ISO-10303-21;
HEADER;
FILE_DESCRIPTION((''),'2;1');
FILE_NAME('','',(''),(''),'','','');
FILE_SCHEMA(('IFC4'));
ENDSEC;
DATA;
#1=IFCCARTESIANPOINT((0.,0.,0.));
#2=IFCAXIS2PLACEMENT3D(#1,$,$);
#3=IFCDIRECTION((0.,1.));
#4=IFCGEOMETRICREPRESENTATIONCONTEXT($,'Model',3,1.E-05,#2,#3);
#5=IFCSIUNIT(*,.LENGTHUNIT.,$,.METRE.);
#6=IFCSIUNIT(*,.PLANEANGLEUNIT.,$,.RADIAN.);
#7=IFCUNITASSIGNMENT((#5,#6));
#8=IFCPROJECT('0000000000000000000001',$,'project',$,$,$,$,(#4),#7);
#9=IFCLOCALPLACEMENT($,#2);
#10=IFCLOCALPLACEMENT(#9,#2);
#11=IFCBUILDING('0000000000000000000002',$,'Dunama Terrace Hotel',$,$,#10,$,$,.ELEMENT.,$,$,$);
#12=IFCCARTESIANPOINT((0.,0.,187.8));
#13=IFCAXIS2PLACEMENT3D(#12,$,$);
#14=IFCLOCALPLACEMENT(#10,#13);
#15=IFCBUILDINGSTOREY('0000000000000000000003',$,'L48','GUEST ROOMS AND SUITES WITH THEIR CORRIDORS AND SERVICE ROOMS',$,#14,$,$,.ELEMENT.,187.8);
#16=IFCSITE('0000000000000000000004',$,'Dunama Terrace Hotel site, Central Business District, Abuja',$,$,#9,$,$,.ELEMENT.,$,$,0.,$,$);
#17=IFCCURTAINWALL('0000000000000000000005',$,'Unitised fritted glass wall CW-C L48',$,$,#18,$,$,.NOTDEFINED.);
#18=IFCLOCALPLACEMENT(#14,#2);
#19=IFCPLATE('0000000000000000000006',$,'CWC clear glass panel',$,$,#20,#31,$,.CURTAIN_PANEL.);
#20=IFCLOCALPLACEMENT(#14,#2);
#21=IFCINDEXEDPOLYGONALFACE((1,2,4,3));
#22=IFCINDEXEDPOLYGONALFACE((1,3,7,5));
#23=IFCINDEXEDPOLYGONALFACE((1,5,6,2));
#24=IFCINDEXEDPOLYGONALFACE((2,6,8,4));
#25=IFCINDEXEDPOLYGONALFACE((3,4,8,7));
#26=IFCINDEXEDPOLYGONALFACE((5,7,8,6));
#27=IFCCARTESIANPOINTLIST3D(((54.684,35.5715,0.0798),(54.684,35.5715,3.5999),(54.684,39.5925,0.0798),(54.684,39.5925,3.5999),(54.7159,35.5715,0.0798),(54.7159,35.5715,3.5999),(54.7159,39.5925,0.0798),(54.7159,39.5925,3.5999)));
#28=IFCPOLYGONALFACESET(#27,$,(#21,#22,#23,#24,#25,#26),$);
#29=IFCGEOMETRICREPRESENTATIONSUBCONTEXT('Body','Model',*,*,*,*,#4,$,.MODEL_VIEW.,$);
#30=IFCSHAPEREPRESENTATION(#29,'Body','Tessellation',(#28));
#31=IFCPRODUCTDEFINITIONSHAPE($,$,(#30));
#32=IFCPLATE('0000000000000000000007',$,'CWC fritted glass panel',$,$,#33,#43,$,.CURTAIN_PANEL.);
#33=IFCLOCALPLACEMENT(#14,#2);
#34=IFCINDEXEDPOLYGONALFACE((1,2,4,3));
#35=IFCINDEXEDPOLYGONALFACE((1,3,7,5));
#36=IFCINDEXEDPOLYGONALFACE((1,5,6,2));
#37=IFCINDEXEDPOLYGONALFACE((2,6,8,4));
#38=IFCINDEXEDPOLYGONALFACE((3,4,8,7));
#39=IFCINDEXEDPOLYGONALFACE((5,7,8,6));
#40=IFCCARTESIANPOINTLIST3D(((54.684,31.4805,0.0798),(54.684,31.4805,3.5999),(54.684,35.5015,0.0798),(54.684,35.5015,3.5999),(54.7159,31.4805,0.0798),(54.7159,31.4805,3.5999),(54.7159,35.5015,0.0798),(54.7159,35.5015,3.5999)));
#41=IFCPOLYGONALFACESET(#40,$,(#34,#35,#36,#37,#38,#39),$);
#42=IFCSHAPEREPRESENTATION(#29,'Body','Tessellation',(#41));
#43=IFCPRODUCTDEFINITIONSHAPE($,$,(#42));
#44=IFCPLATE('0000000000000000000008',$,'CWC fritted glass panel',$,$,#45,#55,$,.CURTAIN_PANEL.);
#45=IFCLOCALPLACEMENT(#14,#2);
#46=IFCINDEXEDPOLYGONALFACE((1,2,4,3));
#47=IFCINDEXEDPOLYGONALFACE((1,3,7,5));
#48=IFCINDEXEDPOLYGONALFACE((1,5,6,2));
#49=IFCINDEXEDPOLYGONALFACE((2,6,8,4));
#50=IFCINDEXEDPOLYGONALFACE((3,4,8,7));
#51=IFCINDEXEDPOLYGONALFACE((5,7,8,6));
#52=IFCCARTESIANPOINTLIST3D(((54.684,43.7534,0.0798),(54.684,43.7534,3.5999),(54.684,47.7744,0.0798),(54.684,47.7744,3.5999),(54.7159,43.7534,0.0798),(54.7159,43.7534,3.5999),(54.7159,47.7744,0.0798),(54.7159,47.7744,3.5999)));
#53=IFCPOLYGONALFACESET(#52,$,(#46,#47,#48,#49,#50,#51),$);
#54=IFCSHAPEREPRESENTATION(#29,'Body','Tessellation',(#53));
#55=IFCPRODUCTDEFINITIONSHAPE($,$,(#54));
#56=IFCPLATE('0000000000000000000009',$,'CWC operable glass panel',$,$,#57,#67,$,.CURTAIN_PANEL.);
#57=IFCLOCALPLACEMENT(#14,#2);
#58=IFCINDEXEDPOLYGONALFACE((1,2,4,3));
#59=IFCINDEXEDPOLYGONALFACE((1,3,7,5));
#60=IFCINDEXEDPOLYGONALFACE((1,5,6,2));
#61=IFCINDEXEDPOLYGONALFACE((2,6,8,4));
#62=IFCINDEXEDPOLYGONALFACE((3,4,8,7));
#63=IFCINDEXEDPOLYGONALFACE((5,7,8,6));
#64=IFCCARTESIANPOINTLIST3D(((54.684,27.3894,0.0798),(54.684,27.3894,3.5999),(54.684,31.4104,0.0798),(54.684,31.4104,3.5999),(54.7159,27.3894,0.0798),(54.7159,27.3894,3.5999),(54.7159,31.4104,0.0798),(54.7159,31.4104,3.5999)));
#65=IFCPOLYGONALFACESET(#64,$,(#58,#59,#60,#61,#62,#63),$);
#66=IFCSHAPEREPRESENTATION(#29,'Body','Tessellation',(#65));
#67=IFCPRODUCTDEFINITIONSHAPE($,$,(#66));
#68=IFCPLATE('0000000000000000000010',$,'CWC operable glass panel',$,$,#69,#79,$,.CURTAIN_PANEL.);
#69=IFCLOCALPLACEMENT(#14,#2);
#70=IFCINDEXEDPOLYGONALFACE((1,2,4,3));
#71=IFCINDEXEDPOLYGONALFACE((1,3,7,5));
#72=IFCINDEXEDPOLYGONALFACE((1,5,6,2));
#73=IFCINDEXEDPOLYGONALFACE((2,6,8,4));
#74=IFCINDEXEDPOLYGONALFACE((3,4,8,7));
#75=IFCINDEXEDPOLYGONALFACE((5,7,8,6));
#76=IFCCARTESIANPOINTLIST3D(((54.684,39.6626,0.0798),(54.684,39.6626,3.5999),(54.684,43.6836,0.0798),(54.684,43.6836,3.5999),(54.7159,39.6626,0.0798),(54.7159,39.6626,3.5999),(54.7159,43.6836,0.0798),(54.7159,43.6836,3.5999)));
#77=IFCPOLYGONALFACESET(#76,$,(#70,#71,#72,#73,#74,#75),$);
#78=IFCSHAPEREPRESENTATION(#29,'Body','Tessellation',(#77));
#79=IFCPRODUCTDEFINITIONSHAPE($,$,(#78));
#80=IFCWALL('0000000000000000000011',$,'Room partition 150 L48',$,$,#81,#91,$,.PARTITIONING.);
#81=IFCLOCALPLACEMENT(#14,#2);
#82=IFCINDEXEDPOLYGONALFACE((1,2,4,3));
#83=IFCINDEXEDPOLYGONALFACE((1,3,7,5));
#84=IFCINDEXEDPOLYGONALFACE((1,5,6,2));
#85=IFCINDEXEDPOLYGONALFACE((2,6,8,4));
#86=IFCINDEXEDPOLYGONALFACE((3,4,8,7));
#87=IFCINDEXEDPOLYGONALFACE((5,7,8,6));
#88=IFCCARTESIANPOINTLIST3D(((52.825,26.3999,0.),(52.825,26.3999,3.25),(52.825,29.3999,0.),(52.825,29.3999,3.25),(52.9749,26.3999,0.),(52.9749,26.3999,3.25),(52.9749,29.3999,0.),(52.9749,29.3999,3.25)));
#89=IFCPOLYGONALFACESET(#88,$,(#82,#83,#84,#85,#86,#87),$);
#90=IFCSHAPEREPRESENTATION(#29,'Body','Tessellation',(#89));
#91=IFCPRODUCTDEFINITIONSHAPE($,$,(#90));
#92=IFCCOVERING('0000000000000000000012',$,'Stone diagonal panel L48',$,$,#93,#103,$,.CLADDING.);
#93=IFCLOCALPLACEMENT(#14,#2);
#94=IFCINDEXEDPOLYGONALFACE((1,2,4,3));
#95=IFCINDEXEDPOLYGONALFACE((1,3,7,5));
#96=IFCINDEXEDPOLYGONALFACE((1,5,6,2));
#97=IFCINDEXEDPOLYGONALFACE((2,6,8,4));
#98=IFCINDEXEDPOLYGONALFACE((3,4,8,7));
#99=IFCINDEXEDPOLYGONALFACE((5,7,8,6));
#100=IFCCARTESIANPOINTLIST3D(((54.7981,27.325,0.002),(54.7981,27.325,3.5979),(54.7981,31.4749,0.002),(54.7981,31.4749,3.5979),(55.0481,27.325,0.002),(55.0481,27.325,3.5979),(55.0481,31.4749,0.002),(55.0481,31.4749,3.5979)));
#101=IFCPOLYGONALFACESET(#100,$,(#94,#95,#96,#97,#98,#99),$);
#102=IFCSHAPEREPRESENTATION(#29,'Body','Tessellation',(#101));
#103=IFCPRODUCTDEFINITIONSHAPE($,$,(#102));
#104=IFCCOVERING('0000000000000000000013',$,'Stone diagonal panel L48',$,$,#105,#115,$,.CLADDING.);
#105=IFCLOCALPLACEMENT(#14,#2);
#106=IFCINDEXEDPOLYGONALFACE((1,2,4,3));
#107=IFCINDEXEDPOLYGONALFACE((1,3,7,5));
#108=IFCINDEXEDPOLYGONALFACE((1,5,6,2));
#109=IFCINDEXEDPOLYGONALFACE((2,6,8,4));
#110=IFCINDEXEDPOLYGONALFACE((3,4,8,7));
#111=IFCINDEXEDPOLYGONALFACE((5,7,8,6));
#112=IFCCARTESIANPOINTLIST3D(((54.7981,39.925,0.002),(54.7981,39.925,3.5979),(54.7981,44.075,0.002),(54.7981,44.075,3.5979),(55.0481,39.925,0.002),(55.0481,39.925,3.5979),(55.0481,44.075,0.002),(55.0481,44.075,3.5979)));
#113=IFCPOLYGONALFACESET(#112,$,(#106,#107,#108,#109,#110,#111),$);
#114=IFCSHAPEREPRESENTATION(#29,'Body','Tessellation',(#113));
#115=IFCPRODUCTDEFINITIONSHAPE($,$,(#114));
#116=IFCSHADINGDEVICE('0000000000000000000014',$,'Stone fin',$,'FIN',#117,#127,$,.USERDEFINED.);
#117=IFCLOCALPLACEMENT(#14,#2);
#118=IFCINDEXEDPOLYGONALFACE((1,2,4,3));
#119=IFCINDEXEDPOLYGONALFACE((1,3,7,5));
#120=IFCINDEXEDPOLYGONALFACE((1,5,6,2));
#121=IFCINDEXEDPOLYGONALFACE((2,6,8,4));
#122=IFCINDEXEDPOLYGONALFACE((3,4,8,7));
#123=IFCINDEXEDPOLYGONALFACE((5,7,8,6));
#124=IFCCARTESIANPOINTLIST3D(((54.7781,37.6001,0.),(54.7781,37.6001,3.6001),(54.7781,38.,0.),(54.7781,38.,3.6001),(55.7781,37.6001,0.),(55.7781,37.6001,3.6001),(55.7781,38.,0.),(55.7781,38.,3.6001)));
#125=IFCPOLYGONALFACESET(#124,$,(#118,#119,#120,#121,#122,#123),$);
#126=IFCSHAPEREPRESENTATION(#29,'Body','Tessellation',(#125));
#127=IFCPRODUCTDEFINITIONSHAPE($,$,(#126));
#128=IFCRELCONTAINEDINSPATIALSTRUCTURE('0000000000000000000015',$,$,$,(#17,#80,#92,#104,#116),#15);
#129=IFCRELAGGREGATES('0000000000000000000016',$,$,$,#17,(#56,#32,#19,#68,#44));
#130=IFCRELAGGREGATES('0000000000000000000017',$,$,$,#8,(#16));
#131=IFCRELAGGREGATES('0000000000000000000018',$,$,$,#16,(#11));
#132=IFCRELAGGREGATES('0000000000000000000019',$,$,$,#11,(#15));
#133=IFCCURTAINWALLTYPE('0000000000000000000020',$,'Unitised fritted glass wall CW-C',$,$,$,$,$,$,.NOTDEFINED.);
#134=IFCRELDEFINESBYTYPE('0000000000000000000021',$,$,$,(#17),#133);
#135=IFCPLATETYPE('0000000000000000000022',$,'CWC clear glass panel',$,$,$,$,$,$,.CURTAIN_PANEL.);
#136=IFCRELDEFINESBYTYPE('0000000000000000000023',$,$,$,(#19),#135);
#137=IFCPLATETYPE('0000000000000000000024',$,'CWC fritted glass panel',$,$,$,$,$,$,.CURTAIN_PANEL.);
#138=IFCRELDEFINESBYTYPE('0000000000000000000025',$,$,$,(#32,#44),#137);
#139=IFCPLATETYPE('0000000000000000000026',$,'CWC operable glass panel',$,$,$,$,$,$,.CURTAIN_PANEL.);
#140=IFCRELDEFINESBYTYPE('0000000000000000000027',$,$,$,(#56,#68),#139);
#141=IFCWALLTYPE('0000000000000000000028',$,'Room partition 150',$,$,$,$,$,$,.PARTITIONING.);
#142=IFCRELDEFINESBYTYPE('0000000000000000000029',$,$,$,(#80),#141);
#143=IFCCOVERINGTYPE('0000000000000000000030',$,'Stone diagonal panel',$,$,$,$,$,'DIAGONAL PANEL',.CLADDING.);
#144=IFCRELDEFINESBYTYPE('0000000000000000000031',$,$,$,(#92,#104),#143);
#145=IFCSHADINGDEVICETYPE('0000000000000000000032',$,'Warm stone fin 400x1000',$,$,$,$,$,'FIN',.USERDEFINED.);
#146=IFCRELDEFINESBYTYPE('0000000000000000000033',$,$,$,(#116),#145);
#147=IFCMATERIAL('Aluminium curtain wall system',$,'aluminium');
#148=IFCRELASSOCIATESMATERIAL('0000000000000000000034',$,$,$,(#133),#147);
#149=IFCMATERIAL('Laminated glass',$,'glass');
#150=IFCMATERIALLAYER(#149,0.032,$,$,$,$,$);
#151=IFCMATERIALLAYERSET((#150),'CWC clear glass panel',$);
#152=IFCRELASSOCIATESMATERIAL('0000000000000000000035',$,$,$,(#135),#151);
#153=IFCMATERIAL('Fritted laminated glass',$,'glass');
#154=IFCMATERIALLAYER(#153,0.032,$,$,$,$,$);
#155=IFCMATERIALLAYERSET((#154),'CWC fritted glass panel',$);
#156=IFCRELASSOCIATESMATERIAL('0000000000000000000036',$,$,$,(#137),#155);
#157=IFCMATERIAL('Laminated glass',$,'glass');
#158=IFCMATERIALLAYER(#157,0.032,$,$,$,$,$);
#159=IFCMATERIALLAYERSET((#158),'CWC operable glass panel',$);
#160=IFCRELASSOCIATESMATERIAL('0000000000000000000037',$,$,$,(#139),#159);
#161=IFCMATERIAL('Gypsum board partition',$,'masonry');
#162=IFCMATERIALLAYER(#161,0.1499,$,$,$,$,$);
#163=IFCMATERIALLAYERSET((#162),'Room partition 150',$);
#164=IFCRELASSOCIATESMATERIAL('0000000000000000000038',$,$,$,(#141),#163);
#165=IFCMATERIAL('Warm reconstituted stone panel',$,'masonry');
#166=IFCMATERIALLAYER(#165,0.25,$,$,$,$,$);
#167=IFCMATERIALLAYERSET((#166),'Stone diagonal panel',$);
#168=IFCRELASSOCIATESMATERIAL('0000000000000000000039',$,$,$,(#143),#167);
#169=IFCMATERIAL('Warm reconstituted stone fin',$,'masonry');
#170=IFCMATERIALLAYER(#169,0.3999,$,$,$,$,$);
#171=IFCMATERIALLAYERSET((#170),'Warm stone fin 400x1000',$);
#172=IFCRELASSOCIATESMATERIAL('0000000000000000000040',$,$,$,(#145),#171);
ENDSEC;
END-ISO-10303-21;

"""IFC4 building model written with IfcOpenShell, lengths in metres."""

from ifc_helpers import new_model, si_unit, direction, frame, frame_2d, origin, origin_2d, place, context, subcontext, project, spatial, rectangle, extrude, material, layer, layer_set, type_object, element, aggregate, save


model = new_model("IFC4")

# Units and contexts
model_context = context("Model", 3, precision=1e-05, world=origin(), true_north=direction((0.0, 1.0)))
body_context = subcontext(model_context, "Body", "Model", "MODEL_VIEW")
ifc_project = project(units=[si_unit("LENGTHUNIT", "METRE"), si_unit("PLANEANGLEUNIT", "RADIAN")], contexts=[model_context])

# Site, building, storey
site_placement = place(None, origin())
site = spatial("IfcSite", under=ifc_project, at=site_placement, Name="Dunama Terrace Hotel site, Central Business District, Abuja", CompositionType="ELEMENT", RefElevation=0.0)
building_placement = place(site_placement, origin())
building = spatial("IfcBuilding", under=site, at=building_placement, Name="Dunama Terrace Hotel", CompositionType="ELEMENT")
storey_placement = place(building_placement, frame((0.0, 0.0, 187.8)))
storey = spatial("IfcBuildingStorey", under=building, at=storey_placement, Name="L48", Description="GUEST ROOMS AND SUITES WITH THEIR CORRIDORS AND SERVICE ROOMS", CompositionType="ELEMENT", Elevation=187.8)

# Curtain wall
ifc_material_1 = material(Name="Aluminium curtain wall system", Category="aluminium")
curtain_wall_type = type_object("IfcCurtainWallType", Name="Unitised fritted glass wall CW-C", PredefinedType="NOTDEFINED", material=ifc_material_1)
curtain_wall_placement = place(storey_placement, origin())
curtain_wall = element("IfcCurtainWall", 1, at=curtain_wall_placement, inside=storey, type_object=curtain_wall_type, Name="Unitised fritted glass wall CW-C L48", PredefinedType="NOTDEFINED")

# Plates
ifc_material_2 = material(Name="Laminated glass", Category="glass")
ifc_layer_1 = layer(ifc_material_2, 0.032)
ifc_layer_set_1 = layer_set([ifc_layer_1], Name="CWC clear glass panel")
plate_type_1 = type_object("IfcPlateType", Name="CWC clear glass panel", PredefinedType="CURTAIN_PANEL", material=ifc_layer_set_1)
plate_1_placement = place(storey_placement, frame((54.7, 37.582, 0.0798), z_axis=(0.0, 0.0, 1.0), x_axis=(0.0, 1.0, 0.0)))
plate_1 = element("IfcPlate", 2, at=plate_1_placement, type_object=plate_type_1, Name="CWC clear glass panel", PredefinedType="CURTAIN_PANEL", context=body_context, shape_type="SweptSolid", body=[
    extrude(rectangle(XDim=4.021, YDim=0.032, at=origin_2d()), origin(), (0.0, 0.0, 1.0), 3.52),
])
ifc_material_3 = material(Name="Fritted laminated glass", Category="glass")
ifc_layer_2 = layer(ifc_material_3, 0.032)
ifc_layer_set_2 = layer_set([ifc_layer_2], Name="CWC fritted glass panel")
plate_type_2 = type_object("IfcPlateType", Name="CWC fritted glass panel", PredefinedType="CURTAIN_PANEL", material=ifc_layer_set_2)
plate_2_placement = place(storey_placement, frame((54.7, 33.491, 0.0798), z_axis=(0.0, 0.0, 1.0), x_axis=(0.0, 1.0, 0.0)))
plate_2 = element("IfcPlate", 3, at=plate_2_placement, type_object=plate_type_2, Name="CWC fritted glass panel", PredefinedType="CURTAIN_PANEL", context=body_context, shape_type="SweptSolid", body=[
    extrude(rectangle(XDim=4.021, YDim=0.032, at=origin_2d()), origin(), (0.0, 0.0, 1.0), 3.52),
])
plate_3_placement = place(storey_placement, frame((54.7, 45.7639, 0.0798), z_axis=(0.0, 0.0, 1.0), x_axis=(0.0, 1.0, 0.0)))
plate_3 = element("IfcPlate", 4, at=plate_3_placement, type_object=plate_type_2, Name="CWC fritted glass panel", PredefinedType="CURTAIN_PANEL", context=body_context, shape_type="SweptSolid", body=[
    extrude(rectangle(XDim=4.021, YDim=0.032, at=origin_2d()), origin(), (0.0, 0.0, 1.0), 3.52),
])
ifc_material_4 = material(Name="Laminated glass", Category="glass")
ifc_layer_3 = layer(ifc_material_4, 0.032)
ifc_layer_set_3 = layer_set([ifc_layer_3], Name="CWC operable glass panel")
plate_type_3 = type_object("IfcPlateType", Name="CWC operable glass panel", PredefinedType="CURTAIN_PANEL", material=ifc_layer_set_3)
plate_4_placement = place(storey_placement, frame((54.7, 29.3999, 0.0798), z_axis=(0.0, 0.0, 1.0), x_axis=(0.0, 1.0, 0.0)))
plate_4 = element("IfcPlate", 5, at=plate_4_placement, type_object=plate_type_3, Name="CWC operable glass panel", PredefinedType="CURTAIN_PANEL", context=body_context, shape_type="SweptSolid", body=[
    extrude(rectangle(XDim=4.021, YDim=0.032, at=origin_2d()), origin(), (0.0, 0.0, 1.0), 3.52),
])
plate_5_placement = place(storey_placement, frame((54.7, 41.6731, 0.0798), z_axis=(0.0, 0.0, 1.0), x_axis=(0.0, 1.0, 0.0)))
plate_5 = element("IfcPlate", 6, at=plate_5_placement, type_object=plate_type_3, Name="CWC operable glass panel", PredefinedType="CURTAIN_PANEL", context=body_context, shape_type="SweptSolid", body=[
    extrude(rectangle(XDim=4.021, YDim=0.032, at=origin_2d()), origin(), (0.0, 0.0, 1.0), 3.52),
])
aggregate(curtain_wall, [plate_4, plate_2, plate_1, plate_5, plate_3])

# Wall
ifc_material_5 = material(Name="Gypsum board partition", Category="masonry")
ifc_layer_4 = layer(ifc_material_5, 0.1499)
ifc_layer_set_4 = layer_set([ifc_layer_4], Name="Room partition 150")
wall_type = type_object("IfcWallType", Name="Room partition 150", PredefinedType="PARTITIONING", material=ifc_layer_set_4)
wall_placement = place(storey_placement, frame((52.8999, 26.3999, 0.0), z_axis=(0.0, 0.0, 1.0), x_axis=(0.0, 1.0, 0.0)))
element("IfcWall", 7, at=wall_placement, inside=storey, type_object=wall_type, Name="Room partition 150 L48", PredefinedType="PARTITIONING", context=body_context, shape_type="SweptSolid", body=[
    extrude(rectangle(XDim=3.0, YDim=0.1499, at=frame_2d((1.5, 0.0))), origin(), (0.0, 0.0, 1.0), 3.25),
])

# Coverings
ifc_material_6 = material(Name="Warm reconstituted stone panel", Category="masonry")
ifc_layer_5 = layer(ifc_material_6, 0.25)
ifc_layer_set_5 = layer_set([ifc_layer_5], Name="Stone diagonal panel")
covering_type = type_object("IfcCoveringType", Name="Stone diagonal panel", ElementType="DIAGONAL PANEL", PredefinedType="CLADDING", material=ifc_layer_set_5)
for number, where, z_axis, x_axis, name in (
    (8, (54.9231, 29.3999, 0.002), (0.0, 0.0, 1.0), (0.0, 1.0, 0.0), "Stone diagonal panel L48"),
    (9, (54.9231, 42.0, 0.002), (0.0, 0.0, 1.0), (0.0, 1.0, 0.0), "Stone diagonal panel L48"),
):
    element("IfcCovering", number, at=place(storey_placement, frame(where, z_axis=z_axis, x_axis=x_axis)), inside=storey, type_object=covering_type, Name=name, PredefinedType="CLADDING", context=body_context, shape_type="SweptSolid", body=[
        extrude(rectangle(XDim=4.1499, YDim=0.25, at=origin_2d()), origin(), (0.0, 0.0, 1.0), 3.5959),
    ])

# Shading device
ifc_material_7 = material(Name="Warm reconstituted stone fin", Category="masonry")
ifc_layer_6 = layer(ifc_material_7, 0.3999)
ifc_layer_set_6 = layer_set([ifc_layer_6], Name="Warm stone fin 400x1000")
shading_device_type = type_object("IfcShadingDeviceType", Name="Warm stone fin 400x1000", ElementType="FIN", PredefinedType="USERDEFINED", material=ifc_layer_set_6)
shading_device_placement = place(storey_placement, frame((55.2781, 37.8, 0.0), z_axis=(0.0, 0.0, 1.0), x_axis=(0.0, 1.0, 0.0)))
element("IfcShadingDevice", 10, at=shading_device_placement, inside=storey, type_object=shading_device_type, Name="Stone fin", ObjectType="FIN", PredefinedType="USERDEFINED", context=body_context, shape_type="SweptSolid", body=[
    extrude(rectangle(XDim=0.3999, YDim=1.0, at=origin_2d()), origin(), (0.0, 0.0, 1.0), 3.6001),
])

save(model, "model.ifc")
